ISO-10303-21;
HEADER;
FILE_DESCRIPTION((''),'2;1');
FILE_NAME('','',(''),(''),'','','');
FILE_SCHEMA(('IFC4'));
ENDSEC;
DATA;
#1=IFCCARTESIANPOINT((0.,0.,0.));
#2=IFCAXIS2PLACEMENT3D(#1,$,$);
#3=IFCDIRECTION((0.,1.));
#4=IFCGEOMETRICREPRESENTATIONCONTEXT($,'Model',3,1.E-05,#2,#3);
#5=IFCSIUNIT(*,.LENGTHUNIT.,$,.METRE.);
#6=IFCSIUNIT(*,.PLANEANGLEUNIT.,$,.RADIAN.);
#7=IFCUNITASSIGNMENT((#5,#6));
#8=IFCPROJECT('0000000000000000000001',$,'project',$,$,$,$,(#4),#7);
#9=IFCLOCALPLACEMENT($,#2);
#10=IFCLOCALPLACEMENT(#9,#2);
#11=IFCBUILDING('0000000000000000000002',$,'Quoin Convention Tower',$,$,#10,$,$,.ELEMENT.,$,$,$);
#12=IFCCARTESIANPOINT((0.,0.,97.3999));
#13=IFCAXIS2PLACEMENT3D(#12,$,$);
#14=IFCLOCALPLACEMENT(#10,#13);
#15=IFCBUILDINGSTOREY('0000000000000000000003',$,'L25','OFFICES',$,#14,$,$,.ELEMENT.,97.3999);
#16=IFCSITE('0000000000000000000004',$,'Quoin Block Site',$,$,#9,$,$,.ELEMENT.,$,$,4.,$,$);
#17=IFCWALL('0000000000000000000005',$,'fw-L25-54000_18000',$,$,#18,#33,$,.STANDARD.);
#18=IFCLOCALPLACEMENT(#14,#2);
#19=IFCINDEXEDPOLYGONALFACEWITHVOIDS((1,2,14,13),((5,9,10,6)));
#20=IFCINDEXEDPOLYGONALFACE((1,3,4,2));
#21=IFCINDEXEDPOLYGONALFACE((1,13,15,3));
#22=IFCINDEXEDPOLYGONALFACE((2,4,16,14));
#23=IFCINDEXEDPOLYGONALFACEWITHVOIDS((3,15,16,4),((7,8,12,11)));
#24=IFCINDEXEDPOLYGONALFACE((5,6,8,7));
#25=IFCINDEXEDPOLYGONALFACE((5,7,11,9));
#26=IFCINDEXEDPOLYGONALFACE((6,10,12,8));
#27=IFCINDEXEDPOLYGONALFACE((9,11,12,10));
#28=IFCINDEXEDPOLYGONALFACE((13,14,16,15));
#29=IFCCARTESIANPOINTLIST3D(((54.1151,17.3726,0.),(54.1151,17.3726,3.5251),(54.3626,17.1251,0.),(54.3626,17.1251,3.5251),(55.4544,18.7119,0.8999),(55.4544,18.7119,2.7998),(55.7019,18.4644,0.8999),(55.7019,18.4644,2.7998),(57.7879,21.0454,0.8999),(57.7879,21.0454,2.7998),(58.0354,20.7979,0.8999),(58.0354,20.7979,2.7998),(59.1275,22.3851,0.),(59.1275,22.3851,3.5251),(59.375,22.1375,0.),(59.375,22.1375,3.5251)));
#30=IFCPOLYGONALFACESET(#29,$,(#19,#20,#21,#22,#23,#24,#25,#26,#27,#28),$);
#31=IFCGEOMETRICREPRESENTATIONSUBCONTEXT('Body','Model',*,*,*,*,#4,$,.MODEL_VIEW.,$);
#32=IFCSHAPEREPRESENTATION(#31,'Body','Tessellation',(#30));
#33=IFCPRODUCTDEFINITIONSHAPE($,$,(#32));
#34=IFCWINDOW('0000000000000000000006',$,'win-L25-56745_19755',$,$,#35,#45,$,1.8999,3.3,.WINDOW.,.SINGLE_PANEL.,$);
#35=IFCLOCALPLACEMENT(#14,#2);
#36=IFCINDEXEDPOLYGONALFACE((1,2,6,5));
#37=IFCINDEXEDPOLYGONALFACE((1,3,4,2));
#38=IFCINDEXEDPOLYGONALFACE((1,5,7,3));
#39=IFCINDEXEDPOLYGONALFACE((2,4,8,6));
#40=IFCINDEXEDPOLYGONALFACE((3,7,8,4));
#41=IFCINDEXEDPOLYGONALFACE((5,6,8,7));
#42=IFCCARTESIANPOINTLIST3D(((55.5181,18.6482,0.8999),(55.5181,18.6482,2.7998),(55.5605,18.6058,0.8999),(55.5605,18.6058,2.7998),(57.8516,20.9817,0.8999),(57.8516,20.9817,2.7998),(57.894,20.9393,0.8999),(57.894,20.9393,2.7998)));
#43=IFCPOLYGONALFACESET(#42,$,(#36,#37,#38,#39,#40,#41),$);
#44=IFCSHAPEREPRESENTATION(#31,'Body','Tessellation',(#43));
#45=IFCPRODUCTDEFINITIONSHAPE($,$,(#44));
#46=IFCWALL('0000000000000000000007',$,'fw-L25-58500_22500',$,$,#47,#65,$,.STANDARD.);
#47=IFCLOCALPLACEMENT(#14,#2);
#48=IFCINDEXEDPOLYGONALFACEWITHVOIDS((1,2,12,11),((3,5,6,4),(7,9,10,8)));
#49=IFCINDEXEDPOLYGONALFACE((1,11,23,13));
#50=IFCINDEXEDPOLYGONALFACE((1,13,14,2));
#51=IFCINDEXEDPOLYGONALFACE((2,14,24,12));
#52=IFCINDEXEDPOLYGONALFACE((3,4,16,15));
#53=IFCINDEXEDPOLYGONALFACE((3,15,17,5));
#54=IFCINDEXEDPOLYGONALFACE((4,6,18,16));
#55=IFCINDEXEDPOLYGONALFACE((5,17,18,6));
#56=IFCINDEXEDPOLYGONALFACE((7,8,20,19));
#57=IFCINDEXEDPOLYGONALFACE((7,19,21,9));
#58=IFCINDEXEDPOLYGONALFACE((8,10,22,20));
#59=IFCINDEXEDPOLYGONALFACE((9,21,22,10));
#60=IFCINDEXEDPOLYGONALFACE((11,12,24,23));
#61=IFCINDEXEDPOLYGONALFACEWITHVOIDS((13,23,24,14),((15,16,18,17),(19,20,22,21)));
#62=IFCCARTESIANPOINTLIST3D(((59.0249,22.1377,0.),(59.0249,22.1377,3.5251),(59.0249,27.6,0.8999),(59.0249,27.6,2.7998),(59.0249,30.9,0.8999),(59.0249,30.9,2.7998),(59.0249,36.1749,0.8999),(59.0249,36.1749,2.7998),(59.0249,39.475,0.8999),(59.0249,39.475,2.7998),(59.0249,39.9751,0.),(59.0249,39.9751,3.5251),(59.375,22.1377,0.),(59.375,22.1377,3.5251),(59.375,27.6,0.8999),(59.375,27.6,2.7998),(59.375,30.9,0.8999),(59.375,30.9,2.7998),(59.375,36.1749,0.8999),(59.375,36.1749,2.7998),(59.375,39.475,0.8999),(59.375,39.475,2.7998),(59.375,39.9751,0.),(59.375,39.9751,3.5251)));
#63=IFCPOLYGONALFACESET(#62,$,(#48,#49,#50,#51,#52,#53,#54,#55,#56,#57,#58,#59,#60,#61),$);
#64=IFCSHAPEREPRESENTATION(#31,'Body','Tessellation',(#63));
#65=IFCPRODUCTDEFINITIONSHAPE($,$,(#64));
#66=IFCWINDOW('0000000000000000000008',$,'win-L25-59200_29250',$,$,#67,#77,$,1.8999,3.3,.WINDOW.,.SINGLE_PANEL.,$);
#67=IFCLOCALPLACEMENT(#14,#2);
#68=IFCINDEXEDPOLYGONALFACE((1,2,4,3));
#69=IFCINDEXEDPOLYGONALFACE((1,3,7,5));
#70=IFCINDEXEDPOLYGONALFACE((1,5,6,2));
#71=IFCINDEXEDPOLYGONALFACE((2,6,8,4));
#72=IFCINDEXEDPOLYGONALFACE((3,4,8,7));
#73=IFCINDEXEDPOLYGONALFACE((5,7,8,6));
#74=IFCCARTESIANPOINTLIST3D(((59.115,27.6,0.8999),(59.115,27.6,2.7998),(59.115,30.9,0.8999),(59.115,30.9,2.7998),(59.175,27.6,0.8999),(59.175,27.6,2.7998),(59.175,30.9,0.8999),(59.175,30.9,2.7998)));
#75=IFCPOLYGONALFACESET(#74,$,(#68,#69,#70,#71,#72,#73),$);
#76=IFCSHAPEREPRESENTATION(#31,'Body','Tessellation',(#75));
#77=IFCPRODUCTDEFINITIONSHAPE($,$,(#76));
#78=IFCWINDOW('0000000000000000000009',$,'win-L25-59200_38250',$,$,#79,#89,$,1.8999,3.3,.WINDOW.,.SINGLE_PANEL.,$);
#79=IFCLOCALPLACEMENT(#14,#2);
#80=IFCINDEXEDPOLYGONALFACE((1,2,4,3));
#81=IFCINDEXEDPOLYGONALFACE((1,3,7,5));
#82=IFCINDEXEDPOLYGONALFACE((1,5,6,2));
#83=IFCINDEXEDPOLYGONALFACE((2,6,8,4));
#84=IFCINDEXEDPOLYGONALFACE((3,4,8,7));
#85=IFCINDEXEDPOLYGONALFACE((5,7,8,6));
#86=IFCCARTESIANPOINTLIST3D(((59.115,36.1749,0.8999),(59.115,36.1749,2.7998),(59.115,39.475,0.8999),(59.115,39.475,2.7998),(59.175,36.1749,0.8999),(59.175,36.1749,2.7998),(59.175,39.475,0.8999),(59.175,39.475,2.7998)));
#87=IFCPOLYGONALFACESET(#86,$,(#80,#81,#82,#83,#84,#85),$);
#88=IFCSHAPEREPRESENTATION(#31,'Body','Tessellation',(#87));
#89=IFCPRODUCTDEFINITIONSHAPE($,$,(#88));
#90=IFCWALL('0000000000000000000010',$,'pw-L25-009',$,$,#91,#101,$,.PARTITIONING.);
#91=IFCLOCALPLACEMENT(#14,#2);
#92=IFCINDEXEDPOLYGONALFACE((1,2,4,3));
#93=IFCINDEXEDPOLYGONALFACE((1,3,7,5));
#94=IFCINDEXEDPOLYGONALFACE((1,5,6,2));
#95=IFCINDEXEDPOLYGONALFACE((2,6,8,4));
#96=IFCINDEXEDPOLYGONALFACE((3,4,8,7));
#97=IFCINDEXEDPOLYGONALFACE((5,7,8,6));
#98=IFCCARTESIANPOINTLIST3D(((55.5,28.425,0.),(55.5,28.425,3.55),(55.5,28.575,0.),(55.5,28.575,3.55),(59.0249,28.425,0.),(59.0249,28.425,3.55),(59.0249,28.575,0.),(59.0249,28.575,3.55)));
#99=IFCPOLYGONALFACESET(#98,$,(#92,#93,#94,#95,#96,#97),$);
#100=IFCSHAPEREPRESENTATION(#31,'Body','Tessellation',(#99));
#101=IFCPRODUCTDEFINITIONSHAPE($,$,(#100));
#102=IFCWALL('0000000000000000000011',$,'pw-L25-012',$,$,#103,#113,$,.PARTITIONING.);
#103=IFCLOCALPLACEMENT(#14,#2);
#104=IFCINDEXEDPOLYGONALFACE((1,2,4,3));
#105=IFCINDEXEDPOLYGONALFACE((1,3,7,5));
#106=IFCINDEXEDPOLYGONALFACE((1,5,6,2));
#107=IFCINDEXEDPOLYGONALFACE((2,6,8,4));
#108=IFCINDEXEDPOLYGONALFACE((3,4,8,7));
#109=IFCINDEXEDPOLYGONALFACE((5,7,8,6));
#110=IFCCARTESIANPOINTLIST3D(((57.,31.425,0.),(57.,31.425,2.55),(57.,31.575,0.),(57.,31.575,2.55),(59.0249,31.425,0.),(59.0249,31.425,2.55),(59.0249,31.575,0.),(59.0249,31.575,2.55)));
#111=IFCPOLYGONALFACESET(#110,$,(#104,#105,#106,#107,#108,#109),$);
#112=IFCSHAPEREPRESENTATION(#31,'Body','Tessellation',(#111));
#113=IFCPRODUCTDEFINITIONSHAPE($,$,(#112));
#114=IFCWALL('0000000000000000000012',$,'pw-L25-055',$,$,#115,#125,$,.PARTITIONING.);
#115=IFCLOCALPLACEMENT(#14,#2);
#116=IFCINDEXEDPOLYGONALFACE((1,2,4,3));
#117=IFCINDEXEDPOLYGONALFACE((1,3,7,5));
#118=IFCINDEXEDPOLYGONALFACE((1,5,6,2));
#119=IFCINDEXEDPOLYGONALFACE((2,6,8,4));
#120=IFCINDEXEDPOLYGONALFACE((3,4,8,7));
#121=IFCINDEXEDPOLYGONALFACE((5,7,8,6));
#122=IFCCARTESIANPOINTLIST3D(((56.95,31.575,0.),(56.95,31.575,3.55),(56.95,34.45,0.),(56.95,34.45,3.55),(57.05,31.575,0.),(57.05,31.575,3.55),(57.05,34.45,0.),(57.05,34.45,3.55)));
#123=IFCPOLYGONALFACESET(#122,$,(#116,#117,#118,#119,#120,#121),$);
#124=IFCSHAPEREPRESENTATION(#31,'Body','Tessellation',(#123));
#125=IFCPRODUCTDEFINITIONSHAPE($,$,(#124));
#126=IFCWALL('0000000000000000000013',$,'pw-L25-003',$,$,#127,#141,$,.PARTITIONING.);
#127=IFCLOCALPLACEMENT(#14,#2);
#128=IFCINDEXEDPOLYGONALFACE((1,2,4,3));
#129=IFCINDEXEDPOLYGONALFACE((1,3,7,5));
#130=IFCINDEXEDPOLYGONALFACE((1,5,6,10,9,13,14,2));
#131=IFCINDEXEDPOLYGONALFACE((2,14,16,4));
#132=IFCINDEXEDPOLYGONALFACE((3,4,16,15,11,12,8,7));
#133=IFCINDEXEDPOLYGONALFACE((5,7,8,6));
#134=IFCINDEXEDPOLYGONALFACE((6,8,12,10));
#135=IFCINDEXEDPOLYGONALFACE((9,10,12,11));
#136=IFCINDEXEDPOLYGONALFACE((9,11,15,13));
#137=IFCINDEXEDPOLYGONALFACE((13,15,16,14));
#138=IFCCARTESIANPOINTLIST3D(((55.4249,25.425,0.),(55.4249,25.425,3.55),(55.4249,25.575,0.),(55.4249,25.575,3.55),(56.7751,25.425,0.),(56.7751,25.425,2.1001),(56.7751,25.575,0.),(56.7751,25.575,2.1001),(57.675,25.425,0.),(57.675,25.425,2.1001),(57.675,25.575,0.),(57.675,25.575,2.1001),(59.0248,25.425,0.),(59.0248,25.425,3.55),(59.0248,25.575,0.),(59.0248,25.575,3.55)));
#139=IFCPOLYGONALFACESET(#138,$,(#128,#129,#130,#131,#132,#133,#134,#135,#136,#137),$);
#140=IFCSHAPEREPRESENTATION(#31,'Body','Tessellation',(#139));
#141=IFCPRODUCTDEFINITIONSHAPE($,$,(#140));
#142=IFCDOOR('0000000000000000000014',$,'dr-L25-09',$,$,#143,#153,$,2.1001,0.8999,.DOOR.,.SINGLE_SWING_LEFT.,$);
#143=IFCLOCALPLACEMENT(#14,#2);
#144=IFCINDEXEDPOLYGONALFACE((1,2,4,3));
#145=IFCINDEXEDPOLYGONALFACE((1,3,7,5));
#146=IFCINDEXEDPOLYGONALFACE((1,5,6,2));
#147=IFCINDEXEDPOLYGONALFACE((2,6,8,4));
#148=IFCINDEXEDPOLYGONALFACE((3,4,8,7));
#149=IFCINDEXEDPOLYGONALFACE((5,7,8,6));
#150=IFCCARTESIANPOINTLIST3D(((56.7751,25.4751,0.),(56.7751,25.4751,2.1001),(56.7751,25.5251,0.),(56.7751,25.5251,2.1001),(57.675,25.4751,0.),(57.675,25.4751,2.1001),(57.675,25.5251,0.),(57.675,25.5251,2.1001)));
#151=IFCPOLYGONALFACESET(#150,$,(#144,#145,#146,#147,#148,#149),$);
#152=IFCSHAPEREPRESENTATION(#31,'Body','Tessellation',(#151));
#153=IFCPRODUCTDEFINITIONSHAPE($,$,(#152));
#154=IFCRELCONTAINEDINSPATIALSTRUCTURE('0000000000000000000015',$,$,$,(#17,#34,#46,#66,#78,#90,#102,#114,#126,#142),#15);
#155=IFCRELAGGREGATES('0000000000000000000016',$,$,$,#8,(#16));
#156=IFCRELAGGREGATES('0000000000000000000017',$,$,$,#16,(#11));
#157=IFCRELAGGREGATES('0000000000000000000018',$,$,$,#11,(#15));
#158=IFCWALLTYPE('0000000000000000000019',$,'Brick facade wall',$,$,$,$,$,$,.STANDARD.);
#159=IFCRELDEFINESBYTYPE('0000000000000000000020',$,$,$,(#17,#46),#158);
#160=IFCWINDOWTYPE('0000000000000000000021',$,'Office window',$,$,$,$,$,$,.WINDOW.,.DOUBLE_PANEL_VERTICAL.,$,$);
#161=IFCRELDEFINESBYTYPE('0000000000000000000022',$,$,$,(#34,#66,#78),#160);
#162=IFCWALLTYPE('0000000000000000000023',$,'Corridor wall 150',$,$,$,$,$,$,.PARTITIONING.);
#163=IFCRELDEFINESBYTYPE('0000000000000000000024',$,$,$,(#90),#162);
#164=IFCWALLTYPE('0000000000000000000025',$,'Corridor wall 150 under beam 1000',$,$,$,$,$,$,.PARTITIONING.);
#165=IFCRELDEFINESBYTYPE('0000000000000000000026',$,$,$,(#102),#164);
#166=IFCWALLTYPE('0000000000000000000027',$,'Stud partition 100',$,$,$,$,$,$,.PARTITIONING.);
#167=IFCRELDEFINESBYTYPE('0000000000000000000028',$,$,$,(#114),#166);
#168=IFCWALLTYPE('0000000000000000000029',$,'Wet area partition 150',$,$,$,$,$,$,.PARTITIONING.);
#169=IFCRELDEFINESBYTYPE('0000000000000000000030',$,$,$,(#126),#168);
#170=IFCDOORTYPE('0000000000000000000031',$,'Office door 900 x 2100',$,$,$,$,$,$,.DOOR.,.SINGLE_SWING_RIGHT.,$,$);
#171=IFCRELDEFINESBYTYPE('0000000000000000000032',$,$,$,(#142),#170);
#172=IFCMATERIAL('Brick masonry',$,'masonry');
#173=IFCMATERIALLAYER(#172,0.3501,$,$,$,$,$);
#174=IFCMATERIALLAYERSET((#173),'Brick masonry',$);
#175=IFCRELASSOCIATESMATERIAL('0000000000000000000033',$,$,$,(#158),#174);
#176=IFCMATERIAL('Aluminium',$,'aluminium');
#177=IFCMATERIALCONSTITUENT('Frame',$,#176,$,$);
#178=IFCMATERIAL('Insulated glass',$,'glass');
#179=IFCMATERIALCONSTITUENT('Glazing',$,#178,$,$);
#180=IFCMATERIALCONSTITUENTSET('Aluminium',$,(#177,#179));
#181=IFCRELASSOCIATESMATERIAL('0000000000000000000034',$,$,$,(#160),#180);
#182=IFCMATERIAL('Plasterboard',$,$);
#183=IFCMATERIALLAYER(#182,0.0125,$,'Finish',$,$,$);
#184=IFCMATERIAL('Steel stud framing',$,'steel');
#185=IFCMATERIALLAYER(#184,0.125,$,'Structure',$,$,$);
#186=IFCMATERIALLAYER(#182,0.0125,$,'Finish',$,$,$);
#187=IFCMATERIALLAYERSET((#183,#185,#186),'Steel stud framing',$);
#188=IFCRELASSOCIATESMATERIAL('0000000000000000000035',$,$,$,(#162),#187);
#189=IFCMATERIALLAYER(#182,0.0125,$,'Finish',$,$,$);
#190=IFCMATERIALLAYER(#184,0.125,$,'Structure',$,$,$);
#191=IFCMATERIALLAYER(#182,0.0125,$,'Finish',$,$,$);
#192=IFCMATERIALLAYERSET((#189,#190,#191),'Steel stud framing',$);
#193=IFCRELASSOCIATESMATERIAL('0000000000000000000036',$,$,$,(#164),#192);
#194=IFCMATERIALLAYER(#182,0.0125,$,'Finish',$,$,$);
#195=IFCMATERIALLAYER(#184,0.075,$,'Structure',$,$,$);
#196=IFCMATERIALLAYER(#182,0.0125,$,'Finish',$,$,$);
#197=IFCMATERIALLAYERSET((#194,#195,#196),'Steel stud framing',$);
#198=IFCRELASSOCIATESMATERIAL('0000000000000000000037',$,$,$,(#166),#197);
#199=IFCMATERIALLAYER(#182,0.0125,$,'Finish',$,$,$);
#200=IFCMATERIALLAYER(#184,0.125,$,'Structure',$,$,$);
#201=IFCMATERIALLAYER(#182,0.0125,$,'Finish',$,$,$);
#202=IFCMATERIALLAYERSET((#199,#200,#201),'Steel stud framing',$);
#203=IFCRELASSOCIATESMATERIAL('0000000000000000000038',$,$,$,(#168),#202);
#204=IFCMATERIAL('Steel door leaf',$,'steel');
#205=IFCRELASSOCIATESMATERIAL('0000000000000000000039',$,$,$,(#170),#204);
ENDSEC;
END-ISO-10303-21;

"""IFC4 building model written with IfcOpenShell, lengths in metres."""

from ifc_helpers import new_model, si_unit, direction, frame, frame_2d, origin, place, context, subcontext, project, spatial, rectangle, extrude, material, layer, layer_set, constituent, constituent_set, type_object, element, fill, save


model = new_model("IFC4")

# Units and contexts
model_context = context("Model", 3, precision=1e-05, world=origin(), true_north=direction((0.0, 1.0)))
body_context = subcontext(model_context, "Body", "Model", "MODEL_VIEW")
ifc_project = project(units=[si_unit("LENGTHUNIT", "METRE"), si_unit("PLANEANGLEUNIT", "RADIAN")], contexts=[model_context])

# Site, building, storey
site_placement = place(None, origin())
site = spatial("IfcSite", under=ifc_project, at=site_placement, Name="Quoin Block Site", CompositionType="ELEMENT", RefElevation=4.0)
building_placement = place(site_placement, origin())
building = spatial("IfcBuilding", under=site, at=building_placement, Name="Quoin Convention Tower", CompositionType="ELEMENT")
storey_placement = place(building_placement, frame((0.0, 0.0, 97.3999)))
storey = spatial("IfcBuildingStorey", under=building, at=storey_placement, Name="L25", Description="OFFICES", CompositionType="ELEMENT", Elevation=97.3999)

# Shared definitions
ifc_material_1 = material(Name="Plasterboard")
ifc_material_2 = material(Name="Steel stud framing", Category="steel")

# Wall, opening, window
ifc_material_3 = material(Name="Brick masonry", Category="masonry")
ifc_layer_1 = layer(ifc_material_3, 0.3501)
ifc_layer_set_1 = layer_set([ifc_layer_1], Name="Brick masonry")
wall_type_1 = type_object("IfcWallType", Name="Brick facade wall", PredefinedType="STANDARD", material=ifc_layer_set_1)
ifc_material_4 = material(Name="Aluminium", Category="aluminium")
ifc_constituent_1 = constituent(ifc_material_4, Name="Frame")
ifc_material_5 = material(Name="Insulated glass", Category="glass")
ifc_constituent_2 = constituent(ifc_material_5, Name="Glazing")
ifc_constituent_set = constituent_set(constituents=[ifc_constituent_1, ifc_constituent_2], Name="Aluminium")
window_type = type_object("IfcWindowType", Name="Office window", PartitioningType="DOUBLE_PANEL_VERTICAL", PredefinedType="WINDOW", material=ifc_constituent_set)
wall_1_placement = place(storey_placement, frame((54.2388, 17.2488, 0.0), z_axis=(0.0, 0.0, 1.0), x_axis=(0.707107, 0.707107, 0.0)))
wall_1 = element("IfcWall", 1, at=wall_1_placement, inside=storey, type_object=wall_type_1, Name="fw-L25-54000_18000", PredefinedType="STANDARD", context=body_context, shape_type="SweptSolid", body=[
    extrude(rectangle(XDim=7.0886, YDim=0.3501, at=frame_2d((3.5444, 0.0))), origin(), (0.0, 0.0, 1.0), 3.5251),
])
opening_1_placement = place(wall_1_placement, frame((1.8943, 0.0, 0.8999)))
opening_1 = element("IfcOpeningElement", 2, at=opening_1_placement, cuts=wall_1, PredefinedType="OPENING", context=body_context, shape_type="SweptSolid", body=[
    extrude(rectangle(XDim=3.3, YDim=1.8999, at=frame_2d((1.6499, 0.95))), frame((0.0, 0.1851, 0.0), z_axis=(0.0, -1.0, 0.0), x_axis=(1.0, 0.0, 0.0)), (0.0, 0.0, 1.0), 0.3701),
])
window_1_placement = place(opening_1_placement, origin())
window_1 = element("IfcWindow", 3, at=window_1_placement, inside=storey, type_object=window_type, Name="win-L25-56745_19755", OverallHeight=1.8999, OverallWidth=3.3, PartitioningType="SINGLE_PANEL", PredefinedType="WINDOW", context=body_context, shape_type="SweptSolid", body=[
    extrude(rectangle(XDim=3.3, YDim=1.8999, at=frame_2d((1.6499, 0.95))), frame((0.0, 0.085, 0.0), z_axis=(0.0, -1.0, 0.0), x_axis=(1.0, 0.0, 0.0)), (0.0, 0.0, 1.0), 0.0601),
])
fill(opening_1, window_1)

# Wall, openings, windows
wall_2_placement = place(storey_placement, frame((59.2, 22.1377, 0.0), z_axis=(0.0, 0.0, 1.0), x_axis=(0.0, 1.0, 0.0)))
wall_2 = element("IfcWall", 4, at=wall_2_placement, inside=storey, type_object=wall_type_1, Name="fw-L25-58500_22500", PredefinedType="STANDARD", context=body_context, shape_type="SweptSolid", body=[
    extrude(rectangle(XDim=17.8374, YDim=0.3501, at=frame_2d((8.9187, 0.0))), origin(), (0.0, 0.0, 1.0), 3.5251),
])
opening_2_placement = place(wall_2_placement, frame((5.4624, 0.0, 0.8999)))
opening_2 = element("IfcOpeningElement", 5, at=opening_2_placement, cuts=wall_2, PredefinedType="OPENING", context=body_context, shape_type="SweptSolid", body=[
    extrude(rectangle(XDim=3.3, YDim=1.8999, at=frame_2d((1.6499, 0.95))), frame((0.0, 0.1851, 0.0), z_axis=(0.0, -1.0, 0.0), x_axis=(1.0, 0.0, 0.0)), (0.0, 0.0, 1.0), 0.3701),
])
opening_3_placement = place(wall_2_placement, frame((14.0374, 0.0, 0.8999)))
opening_3 = element("IfcOpeningElement", 6, at=opening_3_placement, cuts=wall_2, PredefinedType="OPENING", context=body_context, shape_type="SweptSolid", body=[
    extrude(rectangle(XDim=3.3, YDim=1.8999, at=frame_2d((1.6499, 0.95))), frame((0.0, 0.1851, 0.0), z_axis=(0.0, -1.0, 0.0), x_axis=(1.0, 0.0, 0.0)), (0.0, 0.0, 1.0), 0.3701),
])
window_2_placement = place(opening_2_placement, origin())
window_2 = element("IfcWindow", 7, at=window_2_placement, inside=storey, type_object=window_type, Name="win-L25-59200_29250", OverallHeight=1.8999, OverallWidth=3.3, PartitioningType="SINGLE_PANEL", PredefinedType="WINDOW", context=body_context, shape_type="SweptSolid", body=[
    extrude(rectangle(XDim=3.3, YDim=1.8999, at=frame_2d((1.6499, 0.95))), frame((0.0, 0.085, 0.0), z_axis=(0.0, -1.0, 0.0), x_axis=(1.0, 0.0, 0.0)), (0.0, 0.0, 1.0), 0.0601),
])
fill(opening_2, window_2)
window_3_placement = place(opening_3_placement, origin())
window_3 = element("IfcWindow", 8, at=window_3_placement, inside=storey, type_object=window_type, Name="win-L25-59200_38250", OverallHeight=1.8999, OverallWidth=3.3, PartitioningType="SINGLE_PANEL", PredefinedType="WINDOW", context=body_context, shape_type="SweptSolid", body=[
    extrude(rectangle(XDim=3.3, YDim=1.8999, at=frame_2d((1.6499, 0.95))), frame((0.0, 0.085, 0.0), z_axis=(0.0, -1.0, 0.0), x_axis=(1.0, 0.0, 0.0)), (0.0, 0.0, 1.0), 0.0601),
])
fill(opening_3, window_3)

# Walls
ifc_layer_2 = layer(ifc_material_1, 0.0125, Name="Finish")
ifc_layer_3 = layer(ifc_material_2, 0.125, Name="Structure")
ifc_layer_4 = layer(ifc_material_1, 0.0125, Name="Finish")
ifc_layer_set_2 = layer_set([ifc_layer_2, ifc_layer_3, ifc_layer_4], Name="Steel stud framing")
wall_type_2 = type_object("IfcWallType", Name="Corridor wall 150", PredefinedType="PARTITIONING", material=ifc_layer_set_2)
wall_3_placement = place(storey_placement, frame((55.5, 28.5, 0.0), z_axis=(0.0, 0.0, 1.0), x_axis=(1.0, 0.0, 0.0)))
element("IfcWall", 9, at=wall_3_placement, inside=storey, type_object=wall_type_2, Name="pw-L25-009", PredefinedType="PARTITIONING", context=body_context, shape_type="SweptSolid", body=[
    extrude(rectangle(XDim=3.5249, YDim=0.1499, at=frame_2d((1.7625, 0.0))), origin(), (0.0, 0.0, 1.0), 3.55),
])
ifc_layer_5 = layer(ifc_material_1, 0.0125, Name="Finish")
ifc_layer_6 = layer(ifc_material_2, 0.125, Name="Structure")
ifc_layer_7 = layer(ifc_material_1, 0.0125, Name="Finish")
ifc_layer_set_3 = layer_set([ifc_layer_5, ifc_layer_6, ifc_layer_7], Name="Steel stud framing")
wall_type_3 = type_object("IfcWallType", Name="Corridor wall 150 under beam 1000", PredefinedType="PARTITIONING", material=ifc_layer_set_3)
wall_4_placement = place(storey_placement, frame((57.0, 31.5, 0.0), z_axis=(0.0, 0.0, 1.0), x_axis=(1.0, 0.0, 0.0)))
element("IfcWall", 10, at=wall_4_placement, inside=storey, type_object=wall_type_3, Name="pw-L25-012", PredefinedType="PARTITIONING", context=body_context, shape_type="SweptSolid", body=[
    extrude(rectangle(XDim=2.0249, YDim=0.1499, at=frame_2d((1.0125, 0.0))), origin(), (0.0, 0.0, 1.0), 2.55),
])
ifc_layer_8 = layer(ifc_material_1, 0.0125, Name="Finish")
ifc_layer_9 = layer(ifc_material_2, 0.075, Name="Structure")
ifc_layer_10 = layer(ifc_material_1, 0.0125, Name="Finish")
ifc_layer_set_4 = layer_set([ifc_layer_8, ifc_layer_9, ifc_layer_10], Name="Steel stud framing")
wall_type_4 = type_object("IfcWallType", Name="Stud partition 100", PredefinedType="PARTITIONING", material=ifc_layer_set_4)
wall_5_placement = place(storey_placement, frame((57.0, 31.575, 0.0), z_axis=(0.0, 0.0, 1.0), x_axis=(0.0, 1.0, 0.0)))
element("IfcWall", 11, at=wall_5_placement, inside=storey, type_object=wall_type_4, Name="pw-L25-055", PredefinedType="PARTITIONING", context=body_context, shape_type="SweptSolid", body=[
    extrude(rectangle(XDim=2.875, YDim=0.1001, at=frame_2d((1.4375, 0.0))), origin(), (0.0, 0.0, 1.0), 3.55),
])

# Wall, opening, door
ifc_layer_11 = layer(ifc_material_1, 0.0125, Name="Finish")
ifc_layer_12 = layer(ifc_material_2, 0.125, Name="Structure")
ifc_layer_13 = layer(ifc_material_1, 0.0125, Name="Finish")
ifc_layer_set_5 = layer_set([ifc_layer_11, ifc_layer_12, ifc_layer_13], Name="Steel stud framing")
wall_type_5 = type_object("IfcWallType", Name="Wet area partition 150", PredefinedType="PARTITIONING", material=ifc_layer_set_5)
wall_6_placement = place(storey_placement, frame((55.425, 25.5, 0.0), z_axis=(0.0, 0.0, 1.0), x_axis=(1.0, 0.0, 0.0)))
wall_6 = element("IfcWall", 12, at=wall_6_placement, inside=storey, type_object=wall_type_5, Name="pw-L25-003", PredefinedType="PARTITIONING", context=body_context, shape_type="SweptSolid", body=[
    extrude(rectangle(XDim=3.5999, YDim=0.1499, at=frame_2d((1.7998, 0.0))), origin(), (0.0, 0.0, 1.0), 3.55),
])
opening_4_placement = place(wall_6_placement, frame((1.3501, 0.0, 0.0)))
opening_4 = element("IfcOpeningElement", 13, at=opening_4_placement, cuts=wall_6, PredefinedType="OPENING", context=body_context, shape_type="SweptSolid", body=[
    extrude(rectangle(XDim=0.8999, YDim=2.1001, at=frame_2d((0.45, 1.05))), frame((0.0, 0.085, 0.0), z_axis=(0.0, -1.0, 0.0), x_axis=(1.0, 0.0, 0.0)), (0.0, 0.0, 1.0), 0.1699),
])
ifc_material_6 = material(Name="Steel door leaf", Category="steel")
door_type = type_object("IfcDoorType", Name="Office door 900 x 2100", OperationType="SINGLE_SWING_RIGHT", PredefinedType="DOOR", material=ifc_material_6)
door_placement = place(opening_4_placement, frame((0.8999, 0.0, 0.0), z_axis=(0.0, 0.0, 1.0), x_axis=(-1.0, 0.0, 0.0)))
door = element("IfcDoor", 14, at=door_placement, inside=storey, type_object=door_type, Name="dr-L25-09", OperationType="SINGLE_SWING_LEFT", OverallHeight=2.1001, OverallWidth=0.8999, PredefinedType="DOOR", context=body_context, shape_type="SweptSolid", body=[
    extrude(rectangle(XDim=0.8999, YDim=2.1001, at=frame_2d((0.45, 1.05))), frame((0.0, 0.0249, 0.0), z_axis=(0.0, -1.0, 0.0), x_axis=(1.0, 0.0, 0.0)), (0.0, 0.0, 1.0), 0.05),
])
fill(opening_4, door)

save(model, "model.ifc")
